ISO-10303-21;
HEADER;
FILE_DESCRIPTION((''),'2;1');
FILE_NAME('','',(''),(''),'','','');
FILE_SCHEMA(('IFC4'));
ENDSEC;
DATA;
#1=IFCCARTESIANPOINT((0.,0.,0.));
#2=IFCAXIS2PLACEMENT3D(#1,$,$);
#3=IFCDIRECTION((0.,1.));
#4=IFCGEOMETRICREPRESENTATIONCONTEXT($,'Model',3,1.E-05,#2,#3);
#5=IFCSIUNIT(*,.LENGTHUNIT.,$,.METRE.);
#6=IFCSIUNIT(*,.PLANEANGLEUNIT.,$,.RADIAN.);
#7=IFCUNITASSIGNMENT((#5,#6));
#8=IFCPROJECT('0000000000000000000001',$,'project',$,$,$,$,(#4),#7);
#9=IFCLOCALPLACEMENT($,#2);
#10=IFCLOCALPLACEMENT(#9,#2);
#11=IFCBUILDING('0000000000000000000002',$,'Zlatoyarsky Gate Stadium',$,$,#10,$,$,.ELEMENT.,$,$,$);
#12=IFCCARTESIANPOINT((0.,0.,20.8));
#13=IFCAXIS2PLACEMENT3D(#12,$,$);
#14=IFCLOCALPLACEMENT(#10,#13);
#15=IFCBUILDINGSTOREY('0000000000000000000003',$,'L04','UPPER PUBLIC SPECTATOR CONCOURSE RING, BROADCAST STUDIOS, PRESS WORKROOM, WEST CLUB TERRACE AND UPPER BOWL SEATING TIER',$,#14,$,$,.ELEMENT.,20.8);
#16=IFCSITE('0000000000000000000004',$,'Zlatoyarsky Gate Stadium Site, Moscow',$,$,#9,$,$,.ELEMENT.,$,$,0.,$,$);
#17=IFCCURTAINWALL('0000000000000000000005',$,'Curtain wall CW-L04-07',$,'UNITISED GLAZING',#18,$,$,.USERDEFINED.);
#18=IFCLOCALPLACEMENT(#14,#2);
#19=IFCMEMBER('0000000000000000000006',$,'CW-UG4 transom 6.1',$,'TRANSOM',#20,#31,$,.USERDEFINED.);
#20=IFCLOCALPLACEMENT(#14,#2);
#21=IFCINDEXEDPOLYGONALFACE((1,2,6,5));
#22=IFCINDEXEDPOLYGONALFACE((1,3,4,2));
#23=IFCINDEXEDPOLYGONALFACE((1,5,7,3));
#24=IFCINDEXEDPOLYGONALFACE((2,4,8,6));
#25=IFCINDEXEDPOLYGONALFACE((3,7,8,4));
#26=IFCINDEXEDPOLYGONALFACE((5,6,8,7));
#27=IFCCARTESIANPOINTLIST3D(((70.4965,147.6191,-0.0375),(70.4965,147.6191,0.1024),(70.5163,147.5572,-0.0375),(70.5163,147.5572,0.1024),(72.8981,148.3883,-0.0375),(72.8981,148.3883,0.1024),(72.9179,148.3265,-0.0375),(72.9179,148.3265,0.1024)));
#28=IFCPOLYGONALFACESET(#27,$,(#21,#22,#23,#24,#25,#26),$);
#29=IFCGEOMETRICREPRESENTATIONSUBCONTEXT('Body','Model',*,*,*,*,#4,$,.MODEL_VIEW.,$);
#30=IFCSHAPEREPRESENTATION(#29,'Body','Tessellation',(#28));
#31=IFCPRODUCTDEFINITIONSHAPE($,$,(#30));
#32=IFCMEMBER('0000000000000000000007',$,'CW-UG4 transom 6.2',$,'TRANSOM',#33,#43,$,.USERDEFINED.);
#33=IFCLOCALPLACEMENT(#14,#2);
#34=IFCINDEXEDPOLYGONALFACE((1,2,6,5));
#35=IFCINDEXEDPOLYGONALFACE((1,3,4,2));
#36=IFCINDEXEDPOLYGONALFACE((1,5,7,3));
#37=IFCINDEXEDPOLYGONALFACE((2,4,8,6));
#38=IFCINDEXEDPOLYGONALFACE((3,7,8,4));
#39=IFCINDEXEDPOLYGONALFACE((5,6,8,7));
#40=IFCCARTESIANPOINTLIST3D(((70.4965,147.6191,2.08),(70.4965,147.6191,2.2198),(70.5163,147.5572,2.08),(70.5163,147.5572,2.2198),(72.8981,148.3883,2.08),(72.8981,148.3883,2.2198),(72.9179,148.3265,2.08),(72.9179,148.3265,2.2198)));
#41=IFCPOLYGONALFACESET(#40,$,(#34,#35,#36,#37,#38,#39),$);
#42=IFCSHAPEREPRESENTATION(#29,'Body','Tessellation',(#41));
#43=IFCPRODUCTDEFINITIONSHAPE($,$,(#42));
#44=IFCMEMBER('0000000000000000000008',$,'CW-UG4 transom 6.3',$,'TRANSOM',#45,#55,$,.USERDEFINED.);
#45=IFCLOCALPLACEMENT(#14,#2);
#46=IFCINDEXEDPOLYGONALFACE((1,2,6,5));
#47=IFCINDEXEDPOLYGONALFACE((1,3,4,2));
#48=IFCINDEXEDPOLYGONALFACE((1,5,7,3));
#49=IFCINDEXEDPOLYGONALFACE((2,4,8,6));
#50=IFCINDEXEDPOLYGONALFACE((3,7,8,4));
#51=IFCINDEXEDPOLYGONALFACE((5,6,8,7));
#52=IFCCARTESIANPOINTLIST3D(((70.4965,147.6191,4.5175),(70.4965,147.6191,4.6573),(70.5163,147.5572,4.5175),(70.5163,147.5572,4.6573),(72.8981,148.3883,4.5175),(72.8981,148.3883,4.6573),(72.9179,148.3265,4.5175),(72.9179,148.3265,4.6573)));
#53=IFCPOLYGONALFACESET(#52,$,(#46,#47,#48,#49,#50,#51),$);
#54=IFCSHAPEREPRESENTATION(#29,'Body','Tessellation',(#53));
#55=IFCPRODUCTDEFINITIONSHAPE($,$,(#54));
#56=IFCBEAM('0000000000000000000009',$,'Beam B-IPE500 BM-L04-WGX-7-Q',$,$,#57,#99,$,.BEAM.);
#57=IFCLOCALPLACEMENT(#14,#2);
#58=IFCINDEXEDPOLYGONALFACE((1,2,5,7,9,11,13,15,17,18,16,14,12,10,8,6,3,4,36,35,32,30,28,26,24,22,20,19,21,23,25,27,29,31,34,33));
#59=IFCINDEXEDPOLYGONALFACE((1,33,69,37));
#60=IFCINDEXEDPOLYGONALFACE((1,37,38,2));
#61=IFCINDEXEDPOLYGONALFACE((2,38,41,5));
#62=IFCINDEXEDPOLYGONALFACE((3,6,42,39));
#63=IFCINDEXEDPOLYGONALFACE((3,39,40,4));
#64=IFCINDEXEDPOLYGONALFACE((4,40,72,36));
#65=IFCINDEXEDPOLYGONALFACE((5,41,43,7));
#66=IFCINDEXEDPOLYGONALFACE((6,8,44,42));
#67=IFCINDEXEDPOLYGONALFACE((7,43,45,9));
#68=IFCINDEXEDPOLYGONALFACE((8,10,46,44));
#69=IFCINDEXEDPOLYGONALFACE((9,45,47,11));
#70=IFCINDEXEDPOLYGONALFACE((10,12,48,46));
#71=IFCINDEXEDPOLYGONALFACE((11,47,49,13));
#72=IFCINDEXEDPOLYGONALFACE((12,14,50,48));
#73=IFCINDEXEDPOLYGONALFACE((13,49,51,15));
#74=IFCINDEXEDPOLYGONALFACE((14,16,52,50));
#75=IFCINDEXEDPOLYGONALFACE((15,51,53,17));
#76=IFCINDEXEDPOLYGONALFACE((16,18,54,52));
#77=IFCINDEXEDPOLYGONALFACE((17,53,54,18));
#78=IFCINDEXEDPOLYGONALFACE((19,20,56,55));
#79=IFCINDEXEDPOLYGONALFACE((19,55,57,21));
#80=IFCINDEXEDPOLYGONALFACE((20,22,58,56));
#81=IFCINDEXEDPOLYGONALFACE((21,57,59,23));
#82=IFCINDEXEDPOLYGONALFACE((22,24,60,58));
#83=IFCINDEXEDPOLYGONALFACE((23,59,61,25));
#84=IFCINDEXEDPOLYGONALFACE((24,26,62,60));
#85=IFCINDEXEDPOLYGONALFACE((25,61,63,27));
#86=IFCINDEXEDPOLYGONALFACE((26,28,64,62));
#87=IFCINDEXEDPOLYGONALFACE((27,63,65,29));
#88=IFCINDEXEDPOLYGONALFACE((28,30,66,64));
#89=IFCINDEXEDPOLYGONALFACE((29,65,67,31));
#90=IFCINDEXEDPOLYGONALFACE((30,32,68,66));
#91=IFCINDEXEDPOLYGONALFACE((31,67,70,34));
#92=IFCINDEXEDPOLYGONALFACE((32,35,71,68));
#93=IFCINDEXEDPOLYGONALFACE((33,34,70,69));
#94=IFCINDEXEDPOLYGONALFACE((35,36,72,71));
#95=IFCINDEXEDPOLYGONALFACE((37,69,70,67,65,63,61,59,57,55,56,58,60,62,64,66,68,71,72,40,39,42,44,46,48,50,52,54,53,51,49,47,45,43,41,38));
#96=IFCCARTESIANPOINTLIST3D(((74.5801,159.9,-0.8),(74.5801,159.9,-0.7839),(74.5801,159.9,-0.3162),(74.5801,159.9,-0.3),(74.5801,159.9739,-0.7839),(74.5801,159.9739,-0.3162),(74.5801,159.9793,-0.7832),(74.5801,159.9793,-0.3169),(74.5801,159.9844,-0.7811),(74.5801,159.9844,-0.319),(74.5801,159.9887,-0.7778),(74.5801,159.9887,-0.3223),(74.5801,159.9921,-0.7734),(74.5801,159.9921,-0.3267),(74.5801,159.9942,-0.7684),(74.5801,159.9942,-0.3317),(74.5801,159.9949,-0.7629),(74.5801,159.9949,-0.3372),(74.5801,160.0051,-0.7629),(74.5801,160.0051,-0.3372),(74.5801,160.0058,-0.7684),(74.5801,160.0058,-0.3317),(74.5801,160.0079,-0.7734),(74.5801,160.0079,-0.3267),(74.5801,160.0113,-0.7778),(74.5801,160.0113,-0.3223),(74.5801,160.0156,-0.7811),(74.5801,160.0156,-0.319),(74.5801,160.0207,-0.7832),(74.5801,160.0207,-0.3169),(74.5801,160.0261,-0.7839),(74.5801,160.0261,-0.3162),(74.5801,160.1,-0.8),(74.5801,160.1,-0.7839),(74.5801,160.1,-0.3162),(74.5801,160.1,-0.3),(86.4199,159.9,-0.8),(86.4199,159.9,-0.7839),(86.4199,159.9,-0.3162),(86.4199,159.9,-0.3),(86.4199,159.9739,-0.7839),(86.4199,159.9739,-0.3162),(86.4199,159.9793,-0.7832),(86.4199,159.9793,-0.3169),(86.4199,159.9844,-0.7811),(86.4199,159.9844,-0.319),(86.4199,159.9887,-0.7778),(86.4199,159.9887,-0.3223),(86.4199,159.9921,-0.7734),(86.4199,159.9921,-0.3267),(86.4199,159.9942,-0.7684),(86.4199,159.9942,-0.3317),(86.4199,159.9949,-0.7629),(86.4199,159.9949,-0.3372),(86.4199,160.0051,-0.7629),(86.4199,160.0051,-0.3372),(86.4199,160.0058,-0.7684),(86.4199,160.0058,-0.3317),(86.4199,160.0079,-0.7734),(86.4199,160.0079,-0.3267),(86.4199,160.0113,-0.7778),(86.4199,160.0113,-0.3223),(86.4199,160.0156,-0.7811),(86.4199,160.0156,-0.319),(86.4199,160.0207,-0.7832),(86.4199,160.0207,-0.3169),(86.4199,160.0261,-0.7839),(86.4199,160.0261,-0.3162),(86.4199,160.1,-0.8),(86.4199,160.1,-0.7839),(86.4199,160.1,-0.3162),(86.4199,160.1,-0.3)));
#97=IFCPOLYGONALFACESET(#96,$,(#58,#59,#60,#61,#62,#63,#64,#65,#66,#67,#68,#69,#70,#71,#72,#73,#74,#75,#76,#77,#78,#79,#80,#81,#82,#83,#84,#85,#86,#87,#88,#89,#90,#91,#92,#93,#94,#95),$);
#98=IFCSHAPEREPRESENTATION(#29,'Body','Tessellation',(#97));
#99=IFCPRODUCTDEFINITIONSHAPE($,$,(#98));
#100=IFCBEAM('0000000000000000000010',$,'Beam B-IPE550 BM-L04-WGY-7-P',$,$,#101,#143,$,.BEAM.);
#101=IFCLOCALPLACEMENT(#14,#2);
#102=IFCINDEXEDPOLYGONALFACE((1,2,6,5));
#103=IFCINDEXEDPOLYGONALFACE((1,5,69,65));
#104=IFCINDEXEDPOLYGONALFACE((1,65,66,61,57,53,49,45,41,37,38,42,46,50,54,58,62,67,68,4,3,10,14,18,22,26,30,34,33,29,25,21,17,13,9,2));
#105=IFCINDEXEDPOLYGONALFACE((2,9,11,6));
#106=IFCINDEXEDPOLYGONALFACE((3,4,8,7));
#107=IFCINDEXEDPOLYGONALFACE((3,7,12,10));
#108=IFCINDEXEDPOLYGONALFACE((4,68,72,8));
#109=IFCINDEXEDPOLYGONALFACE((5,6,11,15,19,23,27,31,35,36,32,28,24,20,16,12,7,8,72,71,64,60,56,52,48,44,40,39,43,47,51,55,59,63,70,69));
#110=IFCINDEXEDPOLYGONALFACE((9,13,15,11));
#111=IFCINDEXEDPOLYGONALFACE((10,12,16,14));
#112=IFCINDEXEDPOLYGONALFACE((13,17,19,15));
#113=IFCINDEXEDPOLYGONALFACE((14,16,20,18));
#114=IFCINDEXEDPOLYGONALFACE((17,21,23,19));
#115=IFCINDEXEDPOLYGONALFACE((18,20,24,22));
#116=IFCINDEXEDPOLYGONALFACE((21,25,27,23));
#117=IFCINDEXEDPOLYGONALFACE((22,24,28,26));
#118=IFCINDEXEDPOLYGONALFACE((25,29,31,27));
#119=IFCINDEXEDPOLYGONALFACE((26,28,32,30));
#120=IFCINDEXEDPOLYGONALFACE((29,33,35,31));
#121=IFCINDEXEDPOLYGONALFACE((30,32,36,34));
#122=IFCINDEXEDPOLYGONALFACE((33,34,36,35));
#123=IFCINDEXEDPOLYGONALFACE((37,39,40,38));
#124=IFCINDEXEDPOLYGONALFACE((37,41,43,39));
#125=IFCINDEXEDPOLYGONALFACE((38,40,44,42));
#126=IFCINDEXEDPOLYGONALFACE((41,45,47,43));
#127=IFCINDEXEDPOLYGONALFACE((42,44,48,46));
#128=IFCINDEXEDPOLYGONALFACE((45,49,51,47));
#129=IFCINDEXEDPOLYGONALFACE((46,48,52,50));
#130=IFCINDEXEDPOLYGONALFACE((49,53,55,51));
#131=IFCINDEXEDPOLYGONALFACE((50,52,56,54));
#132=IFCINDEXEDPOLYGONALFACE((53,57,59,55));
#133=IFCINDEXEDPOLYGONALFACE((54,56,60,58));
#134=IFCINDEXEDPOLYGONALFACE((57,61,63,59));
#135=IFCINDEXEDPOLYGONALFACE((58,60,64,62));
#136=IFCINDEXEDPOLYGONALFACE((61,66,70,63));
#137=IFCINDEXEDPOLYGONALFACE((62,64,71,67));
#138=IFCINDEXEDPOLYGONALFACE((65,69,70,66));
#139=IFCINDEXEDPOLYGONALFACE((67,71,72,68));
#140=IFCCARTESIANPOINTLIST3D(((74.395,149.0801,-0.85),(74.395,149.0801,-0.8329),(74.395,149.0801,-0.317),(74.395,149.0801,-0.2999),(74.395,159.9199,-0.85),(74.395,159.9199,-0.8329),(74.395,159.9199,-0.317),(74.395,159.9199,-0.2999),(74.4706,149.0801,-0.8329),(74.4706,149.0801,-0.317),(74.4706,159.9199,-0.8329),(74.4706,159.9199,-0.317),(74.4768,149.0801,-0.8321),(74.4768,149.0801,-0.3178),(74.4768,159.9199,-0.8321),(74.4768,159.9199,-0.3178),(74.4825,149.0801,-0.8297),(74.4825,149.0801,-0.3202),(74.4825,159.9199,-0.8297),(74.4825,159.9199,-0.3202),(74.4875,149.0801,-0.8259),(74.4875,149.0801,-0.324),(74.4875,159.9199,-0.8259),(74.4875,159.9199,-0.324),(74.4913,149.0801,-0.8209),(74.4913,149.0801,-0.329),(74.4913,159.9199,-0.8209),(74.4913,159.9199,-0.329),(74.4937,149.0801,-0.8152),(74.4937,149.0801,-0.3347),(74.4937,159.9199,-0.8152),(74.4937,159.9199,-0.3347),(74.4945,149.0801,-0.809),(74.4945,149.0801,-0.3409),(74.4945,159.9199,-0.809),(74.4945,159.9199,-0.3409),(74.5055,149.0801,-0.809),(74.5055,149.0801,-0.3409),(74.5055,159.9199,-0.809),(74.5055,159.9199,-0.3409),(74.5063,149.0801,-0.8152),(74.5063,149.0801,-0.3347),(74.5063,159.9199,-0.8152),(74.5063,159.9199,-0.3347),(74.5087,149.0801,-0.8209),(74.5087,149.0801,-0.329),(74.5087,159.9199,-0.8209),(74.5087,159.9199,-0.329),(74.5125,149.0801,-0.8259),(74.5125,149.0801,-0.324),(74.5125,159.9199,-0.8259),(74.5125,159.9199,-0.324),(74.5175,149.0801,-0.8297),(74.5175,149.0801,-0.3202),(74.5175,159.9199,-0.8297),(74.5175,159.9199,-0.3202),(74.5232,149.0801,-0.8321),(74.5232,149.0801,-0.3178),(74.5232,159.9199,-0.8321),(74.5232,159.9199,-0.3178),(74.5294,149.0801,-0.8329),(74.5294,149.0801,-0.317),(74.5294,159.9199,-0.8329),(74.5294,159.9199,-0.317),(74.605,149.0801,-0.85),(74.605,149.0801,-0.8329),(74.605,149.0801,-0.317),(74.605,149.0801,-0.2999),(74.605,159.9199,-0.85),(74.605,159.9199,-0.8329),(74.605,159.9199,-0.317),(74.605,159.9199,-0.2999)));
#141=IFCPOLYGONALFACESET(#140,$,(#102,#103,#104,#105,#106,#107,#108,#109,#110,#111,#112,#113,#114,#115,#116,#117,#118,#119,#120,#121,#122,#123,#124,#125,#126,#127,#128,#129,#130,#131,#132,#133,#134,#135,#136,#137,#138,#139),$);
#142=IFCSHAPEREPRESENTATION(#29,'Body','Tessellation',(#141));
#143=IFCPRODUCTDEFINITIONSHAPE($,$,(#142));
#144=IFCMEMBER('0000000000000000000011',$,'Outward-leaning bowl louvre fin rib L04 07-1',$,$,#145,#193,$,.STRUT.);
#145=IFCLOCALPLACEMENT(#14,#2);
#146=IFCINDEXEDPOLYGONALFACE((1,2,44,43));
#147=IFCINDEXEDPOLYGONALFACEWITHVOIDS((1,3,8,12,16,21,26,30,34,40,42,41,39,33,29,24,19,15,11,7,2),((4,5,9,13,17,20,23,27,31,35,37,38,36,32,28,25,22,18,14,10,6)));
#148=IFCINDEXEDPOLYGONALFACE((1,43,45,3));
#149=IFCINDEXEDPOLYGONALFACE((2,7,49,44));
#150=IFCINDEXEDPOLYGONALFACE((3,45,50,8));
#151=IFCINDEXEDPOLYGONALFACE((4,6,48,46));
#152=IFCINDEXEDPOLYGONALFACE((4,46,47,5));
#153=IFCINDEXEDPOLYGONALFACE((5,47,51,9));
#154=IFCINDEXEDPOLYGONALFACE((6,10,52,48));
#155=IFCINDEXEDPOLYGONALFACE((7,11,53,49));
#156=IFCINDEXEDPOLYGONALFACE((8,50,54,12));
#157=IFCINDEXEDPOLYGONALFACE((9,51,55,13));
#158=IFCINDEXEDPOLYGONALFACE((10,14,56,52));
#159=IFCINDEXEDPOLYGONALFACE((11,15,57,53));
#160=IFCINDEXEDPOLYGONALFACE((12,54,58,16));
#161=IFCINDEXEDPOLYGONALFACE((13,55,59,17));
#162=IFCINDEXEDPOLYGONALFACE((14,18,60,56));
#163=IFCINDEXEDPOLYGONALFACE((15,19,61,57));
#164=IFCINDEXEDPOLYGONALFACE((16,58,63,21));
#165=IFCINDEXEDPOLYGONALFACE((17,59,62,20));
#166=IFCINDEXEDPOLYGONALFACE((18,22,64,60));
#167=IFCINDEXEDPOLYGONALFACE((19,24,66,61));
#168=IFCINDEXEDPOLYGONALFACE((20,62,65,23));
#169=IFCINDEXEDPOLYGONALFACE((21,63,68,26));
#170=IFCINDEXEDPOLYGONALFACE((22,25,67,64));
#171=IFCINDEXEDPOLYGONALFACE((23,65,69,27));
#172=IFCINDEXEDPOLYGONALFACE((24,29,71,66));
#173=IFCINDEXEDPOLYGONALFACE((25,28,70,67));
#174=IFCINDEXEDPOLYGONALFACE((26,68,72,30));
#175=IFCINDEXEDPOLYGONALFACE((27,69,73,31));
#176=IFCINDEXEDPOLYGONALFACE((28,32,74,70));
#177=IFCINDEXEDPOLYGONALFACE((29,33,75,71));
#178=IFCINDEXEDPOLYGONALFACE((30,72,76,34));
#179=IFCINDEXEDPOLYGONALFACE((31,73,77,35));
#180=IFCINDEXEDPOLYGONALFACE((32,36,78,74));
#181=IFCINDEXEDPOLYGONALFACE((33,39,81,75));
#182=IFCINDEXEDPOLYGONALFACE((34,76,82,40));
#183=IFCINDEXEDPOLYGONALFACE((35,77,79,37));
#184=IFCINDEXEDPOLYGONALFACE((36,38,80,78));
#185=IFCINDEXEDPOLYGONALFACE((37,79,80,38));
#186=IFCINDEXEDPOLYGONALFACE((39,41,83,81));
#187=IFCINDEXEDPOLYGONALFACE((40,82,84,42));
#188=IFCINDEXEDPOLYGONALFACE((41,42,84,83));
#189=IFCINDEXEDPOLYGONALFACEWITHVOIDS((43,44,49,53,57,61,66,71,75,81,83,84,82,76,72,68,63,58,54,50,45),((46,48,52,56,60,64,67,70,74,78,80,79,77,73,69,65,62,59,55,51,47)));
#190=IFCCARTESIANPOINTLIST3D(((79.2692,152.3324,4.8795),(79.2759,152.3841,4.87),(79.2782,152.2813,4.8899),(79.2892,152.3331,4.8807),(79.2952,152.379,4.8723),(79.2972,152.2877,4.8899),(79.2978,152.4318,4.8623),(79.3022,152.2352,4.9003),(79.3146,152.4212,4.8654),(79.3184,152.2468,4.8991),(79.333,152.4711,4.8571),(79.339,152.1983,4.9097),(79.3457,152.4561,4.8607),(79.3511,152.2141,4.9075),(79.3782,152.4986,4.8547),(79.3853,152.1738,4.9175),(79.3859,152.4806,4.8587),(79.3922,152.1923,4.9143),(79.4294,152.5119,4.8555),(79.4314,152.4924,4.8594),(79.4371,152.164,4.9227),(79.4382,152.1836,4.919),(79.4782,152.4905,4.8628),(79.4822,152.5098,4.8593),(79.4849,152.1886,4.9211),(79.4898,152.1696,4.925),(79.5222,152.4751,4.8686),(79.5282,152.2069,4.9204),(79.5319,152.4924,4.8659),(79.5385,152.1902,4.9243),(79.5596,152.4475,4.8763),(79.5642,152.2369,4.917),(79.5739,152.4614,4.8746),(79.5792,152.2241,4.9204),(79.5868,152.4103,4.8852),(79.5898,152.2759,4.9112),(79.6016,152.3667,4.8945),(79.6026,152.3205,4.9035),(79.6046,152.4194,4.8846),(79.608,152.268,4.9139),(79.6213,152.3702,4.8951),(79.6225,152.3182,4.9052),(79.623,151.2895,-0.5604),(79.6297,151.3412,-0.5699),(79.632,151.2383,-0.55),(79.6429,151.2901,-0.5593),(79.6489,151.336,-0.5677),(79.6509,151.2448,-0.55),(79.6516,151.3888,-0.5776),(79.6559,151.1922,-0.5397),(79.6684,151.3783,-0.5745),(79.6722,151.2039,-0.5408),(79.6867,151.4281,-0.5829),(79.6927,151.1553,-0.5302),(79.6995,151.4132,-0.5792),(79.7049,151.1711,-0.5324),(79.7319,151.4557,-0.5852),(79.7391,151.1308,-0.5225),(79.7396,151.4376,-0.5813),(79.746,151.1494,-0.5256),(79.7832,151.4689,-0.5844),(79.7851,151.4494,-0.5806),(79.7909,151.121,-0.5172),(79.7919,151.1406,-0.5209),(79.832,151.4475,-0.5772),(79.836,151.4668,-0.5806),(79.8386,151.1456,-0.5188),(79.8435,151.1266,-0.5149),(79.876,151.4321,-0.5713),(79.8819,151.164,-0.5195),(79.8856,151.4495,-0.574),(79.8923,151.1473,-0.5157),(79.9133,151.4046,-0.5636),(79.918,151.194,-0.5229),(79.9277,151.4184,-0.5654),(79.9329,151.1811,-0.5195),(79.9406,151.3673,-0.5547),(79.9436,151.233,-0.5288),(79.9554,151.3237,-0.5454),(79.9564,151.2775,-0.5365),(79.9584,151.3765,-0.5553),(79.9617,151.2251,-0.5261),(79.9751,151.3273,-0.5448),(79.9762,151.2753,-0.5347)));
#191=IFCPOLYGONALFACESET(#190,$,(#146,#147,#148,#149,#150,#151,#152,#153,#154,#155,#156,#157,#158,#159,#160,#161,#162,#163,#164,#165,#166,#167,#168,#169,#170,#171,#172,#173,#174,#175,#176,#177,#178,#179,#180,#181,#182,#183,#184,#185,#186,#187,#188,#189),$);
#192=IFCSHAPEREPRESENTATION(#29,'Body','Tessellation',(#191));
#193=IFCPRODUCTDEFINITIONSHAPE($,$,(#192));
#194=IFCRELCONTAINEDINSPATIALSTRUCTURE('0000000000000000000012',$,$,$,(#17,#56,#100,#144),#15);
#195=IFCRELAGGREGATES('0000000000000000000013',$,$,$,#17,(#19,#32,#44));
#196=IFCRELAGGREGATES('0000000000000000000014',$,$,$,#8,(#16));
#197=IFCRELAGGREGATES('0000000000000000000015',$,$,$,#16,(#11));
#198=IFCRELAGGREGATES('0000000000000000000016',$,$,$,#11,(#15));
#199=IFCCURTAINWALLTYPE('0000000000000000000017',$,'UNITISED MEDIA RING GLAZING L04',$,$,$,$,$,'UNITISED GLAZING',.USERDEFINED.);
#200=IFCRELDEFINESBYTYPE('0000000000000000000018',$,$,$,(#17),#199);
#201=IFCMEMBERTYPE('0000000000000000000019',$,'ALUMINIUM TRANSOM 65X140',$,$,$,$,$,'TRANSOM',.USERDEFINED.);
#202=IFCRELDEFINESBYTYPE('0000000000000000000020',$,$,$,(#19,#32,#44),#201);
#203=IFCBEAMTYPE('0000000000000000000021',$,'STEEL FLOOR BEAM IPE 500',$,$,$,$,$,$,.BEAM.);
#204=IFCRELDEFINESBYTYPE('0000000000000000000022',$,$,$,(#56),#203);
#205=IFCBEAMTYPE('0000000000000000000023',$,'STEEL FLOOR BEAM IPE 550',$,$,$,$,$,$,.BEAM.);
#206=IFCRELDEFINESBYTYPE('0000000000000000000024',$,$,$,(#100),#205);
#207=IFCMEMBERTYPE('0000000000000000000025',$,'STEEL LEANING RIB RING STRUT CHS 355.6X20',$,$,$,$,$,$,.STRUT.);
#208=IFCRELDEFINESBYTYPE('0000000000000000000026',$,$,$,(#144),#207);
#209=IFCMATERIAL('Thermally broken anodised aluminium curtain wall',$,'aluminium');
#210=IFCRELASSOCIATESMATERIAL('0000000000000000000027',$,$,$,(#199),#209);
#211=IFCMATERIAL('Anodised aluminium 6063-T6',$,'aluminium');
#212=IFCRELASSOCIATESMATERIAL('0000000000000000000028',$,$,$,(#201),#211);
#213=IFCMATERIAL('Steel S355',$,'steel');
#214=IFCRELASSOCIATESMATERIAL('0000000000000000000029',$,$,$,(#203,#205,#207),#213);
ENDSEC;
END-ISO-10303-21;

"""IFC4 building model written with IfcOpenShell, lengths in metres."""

from ifc_helpers import new_model, si_unit, direction, frame, origin, origin_2d, place, context, subcontext, project, spatial, rectangle, hollow_circle, i_section, extrude, material, material_profile, profile_set, type_object, element, aggregate, save


model = new_model("IFC4")

# Units and contexts
model_context = context("Model", 3, precision=1e-05, world=origin(), true_north=direction((0.0, 1.0)))
body_context = subcontext(model_context, "Body", "Model", "MODEL_VIEW")
ifc_project = project(units=[si_unit("LENGTHUNIT", "METRE"), si_unit("PLANEANGLEUNIT", "RADIAN")], contexts=[model_context])

# Site, building, storey
site_placement = place(None, origin())
site = spatial("IfcSite", under=ifc_project, at=site_placement, Name="Zlatoyarsky Gate Stadium Site, Moscow", CompositionType="ELEMENT", RefElevation=0.0)
building_placement = place(site_placement, origin())
building = spatial("IfcBuilding", under=site, at=building_placement, Name="Zlatoyarsky Gate Stadium", CompositionType="ELEMENT")
storey_placement = place(building_placement, frame((0.0, 0.0, 20.8)))
storey = spatial("IfcBuildingStorey", under=building, at=storey_placement, Name="L04", Description="UPPER PUBLIC SPECTATOR CONCOURSE RING, BROADCAST STUDIOS, PRESS WORKROOM, WEST CLUB TERRACE AND UPPER BOWL SEATING TIER", CompositionType="ELEMENT", Elevation=20.8)

# Curtain wall, members
ifc_material_1 = material(Name="Thermally broken anodised aluminium curtain wall", Category="aluminium")
curtain_wall_type = type_object("IfcCurtainWallType", Name="UNITISED MEDIA RING GLAZING L04", ElementType="UNITISED GLAZING", PredefinedType="USERDEFINED", material=ifc_material_1)
curtain_wall_placement = place(storey_placement, origin())
curtain_wall = element("IfcCurtainWall", 1, at=curtain_wall_placement, inside=storey, type_object=curtain_wall_type, Name="Curtain wall CW-L04-07", ObjectType="UNITISED GLAZING", PredefinedType="USERDEFINED")
ifc_material_2 = material(Name="Anodised aluminium 6063-T6", Category="aluminium")
ifc_material_profile_1 = material_profile(ifc_material_2, rectangle(XDim=0.0649, YDim=0.1399, at=origin_2d()), Name="ALU 65X140")
ifc_profile_set_1 = profile_set([ifc_material_profile_1], Name="Anodised aluminium 6063-T6")
member_type_1 = type_object("IfcMemberType", Name="ALUMINIUM TRANSOM 65X140", ElementType="TRANSOM", PredefinedType="USERDEFINED", material=ifc_profile_set_1)
member_1_placement = place(storey_placement, frame((72.908, 148.3574, 0.0325), z_axis=(-0.952335, -0.305053, 0.0), x_axis=(0.305053, -0.952335, 0.0)))
member_1 = element("IfcMember", 2, at=member_1_placement, type_object=member_type_1, Name="CW-UG4 transom 6.1", ObjectType="TRANSOM", PredefinedType="USERDEFINED", context=body_context, shape_type="SweptSolid", body=[
    extrude(rectangle(XDim=0.0649, YDim=0.1399, at=origin_2d()), origin(), (0.0, 0.0, 1.0), 2.5217),
])
member_2_placement = place(storey_placement, frame((72.908, 148.3574, 2.1499), z_axis=(-0.952335, -0.305053, 0.0), x_axis=(0.305053, -0.952335, 0.0)))
member_2 = element("IfcMember", 3, at=member_2_placement, type_object=member_type_1, Name="CW-UG4 transom 6.2", ObjectType="TRANSOM", PredefinedType="USERDEFINED", context=body_context, shape_type="SweptSolid", body=[
    extrude(rectangle(XDim=0.0649, YDim=0.1399, at=origin_2d()), origin(), (0.0, 0.0, 1.0), 2.5217),
])
member_3_placement = place(storey_placement, frame((72.908, 148.3574, 4.5874), z_axis=(-0.952335, -0.305053, 0.0), x_axis=(0.305053, -0.952335, 0.0)))
member_3 = element("IfcMember", 4, at=member_3_placement, type_object=member_type_1, Name="CW-UG4 transom 6.3", ObjectType="TRANSOM", PredefinedType="USERDEFINED", context=body_context, shape_type="SweptSolid", body=[
    extrude(rectangle(XDim=0.0649, YDim=0.1399, at=origin_2d()), origin(), (0.0, 0.0, 1.0), 2.5217),
])

# Beams
ifc_material_3 = material(Name="Steel S355", Category="steel")
ifc_material_profile_2 = material_profile(ifc_material_3, i_section(OverallWidth=0.2, OverallDepth=0.5, WebThickness=0.0103, FlangeThickness=0.0161, FilletRadius=0.021, at=origin_2d()), Name="IPE 500")
ifc_profile_set_2 = profile_set([ifc_material_profile_2], Name="Steel S355")
beam_type_1 = type_object("IfcBeamType", Name="STEEL FLOOR BEAM IPE 500", PredefinedType="BEAM", material=ifc_profile_set_2)
beam_1_placement = place(storey_placement, frame((74.5801, 160.0, -0.55), z_axis=(1.0, 0.0, 0.0), x_axis=(0.0, 1.0, 0.0)))
element("IfcBeam", 5, at=beam_1_placement, inside=storey, type_object=beam_type_1, Name="Beam B-IPE500 BM-L04-WGX-7-Q", PredefinedType="BEAM", context=body_context, shape_type="SweptSolid", body=[
    extrude(i_section(OverallWidth=0.2, OverallDepth=0.5, WebThickness=0.0103, FlangeThickness=0.0161, FilletRadius=0.021, at=origin_2d()), origin(), (0.0, 0.0, 1.0), 11.8398),
])
ifc_material_profile_3 = material_profile(ifc_material_3, i_section(OverallWidth=0.21, OverallDepth=0.55, WebThickness=0.011, FlangeThickness=0.0171, FilletRadius=0.0239, at=origin_2d()), Name="IPE 550")
ifc_profile_set_3 = profile_set([ifc_material_profile_3], Name="Steel S355")
beam_type_2 = type_object("IfcBeamType", Name="STEEL FLOOR BEAM IPE 550", PredefinedType="BEAM", material=ifc_profile_set_3)
beam_2_placement = place(storey_placement, frame((74.5, 149.0801, -0.575), z_axis=(0.0, 1.0, 0.0), x_axis=(-1.0, 0.0, 0.0)))
element("IfcBeam", 6, at=beam_2_placement, inside=storey, type_object=beam_type_2, Name="Beam B-IPE550 BM-L04-WGY-7-P", PredefinedType="BEAM", context=body_context, shape_type="SweptSolid", body=[
    extrude(i_section(OverallWidth=0.21, OverallDepth=0.55, WebThickness=0.011, FlangeThickness=0.0171, FilletRadius=0.0239, at=origin_2d()), origin(), (0.0, 0.0, 1.0), 10.8398),
])

# Member
ifc_material_profile_4 = material_profile(ifc_material_3, hollow_circle(Radius=0.1777, WallThickness=0.02, at=origin_2d()), Name="CHS 355.6X20")
ifc_profile_set_4 = profile_set([ifc_material_profile_4], Name="Steel S355")
member_type_2 = type_object("IfcMemberType", Name="STEEL LEANING RIB RING STRUT CHS 355.6X20", PredefinedType="STRUT", material=ifc_profile_set_4)
member_4_placement = place(storey_placement, frame((79.8003, 151.2954, -0.55), z_axis=(-0.063737, 0.187912, 0.980116), x_axis=(-0.947008, -0.321211, 0.0)))
element("IfcMember", 7, at=member_4_placement, inside=storey, type_object=member_type_2, Name="Outward-leaning bowl louvre fin rib L04 07-1", PredefinedType="STRUT", context=body_context, shape_type="SweptSolid", body=[
    extrude(hollow_circle(Radius=0.1777, WallThickness=0.02, at=origin_2d()), origin(), (0.0, 0.0, 1.0), 5.5503),
])

aggregate(curtain_wall, [member_1, member_2, member_3])

save(model, "model.ifc")
